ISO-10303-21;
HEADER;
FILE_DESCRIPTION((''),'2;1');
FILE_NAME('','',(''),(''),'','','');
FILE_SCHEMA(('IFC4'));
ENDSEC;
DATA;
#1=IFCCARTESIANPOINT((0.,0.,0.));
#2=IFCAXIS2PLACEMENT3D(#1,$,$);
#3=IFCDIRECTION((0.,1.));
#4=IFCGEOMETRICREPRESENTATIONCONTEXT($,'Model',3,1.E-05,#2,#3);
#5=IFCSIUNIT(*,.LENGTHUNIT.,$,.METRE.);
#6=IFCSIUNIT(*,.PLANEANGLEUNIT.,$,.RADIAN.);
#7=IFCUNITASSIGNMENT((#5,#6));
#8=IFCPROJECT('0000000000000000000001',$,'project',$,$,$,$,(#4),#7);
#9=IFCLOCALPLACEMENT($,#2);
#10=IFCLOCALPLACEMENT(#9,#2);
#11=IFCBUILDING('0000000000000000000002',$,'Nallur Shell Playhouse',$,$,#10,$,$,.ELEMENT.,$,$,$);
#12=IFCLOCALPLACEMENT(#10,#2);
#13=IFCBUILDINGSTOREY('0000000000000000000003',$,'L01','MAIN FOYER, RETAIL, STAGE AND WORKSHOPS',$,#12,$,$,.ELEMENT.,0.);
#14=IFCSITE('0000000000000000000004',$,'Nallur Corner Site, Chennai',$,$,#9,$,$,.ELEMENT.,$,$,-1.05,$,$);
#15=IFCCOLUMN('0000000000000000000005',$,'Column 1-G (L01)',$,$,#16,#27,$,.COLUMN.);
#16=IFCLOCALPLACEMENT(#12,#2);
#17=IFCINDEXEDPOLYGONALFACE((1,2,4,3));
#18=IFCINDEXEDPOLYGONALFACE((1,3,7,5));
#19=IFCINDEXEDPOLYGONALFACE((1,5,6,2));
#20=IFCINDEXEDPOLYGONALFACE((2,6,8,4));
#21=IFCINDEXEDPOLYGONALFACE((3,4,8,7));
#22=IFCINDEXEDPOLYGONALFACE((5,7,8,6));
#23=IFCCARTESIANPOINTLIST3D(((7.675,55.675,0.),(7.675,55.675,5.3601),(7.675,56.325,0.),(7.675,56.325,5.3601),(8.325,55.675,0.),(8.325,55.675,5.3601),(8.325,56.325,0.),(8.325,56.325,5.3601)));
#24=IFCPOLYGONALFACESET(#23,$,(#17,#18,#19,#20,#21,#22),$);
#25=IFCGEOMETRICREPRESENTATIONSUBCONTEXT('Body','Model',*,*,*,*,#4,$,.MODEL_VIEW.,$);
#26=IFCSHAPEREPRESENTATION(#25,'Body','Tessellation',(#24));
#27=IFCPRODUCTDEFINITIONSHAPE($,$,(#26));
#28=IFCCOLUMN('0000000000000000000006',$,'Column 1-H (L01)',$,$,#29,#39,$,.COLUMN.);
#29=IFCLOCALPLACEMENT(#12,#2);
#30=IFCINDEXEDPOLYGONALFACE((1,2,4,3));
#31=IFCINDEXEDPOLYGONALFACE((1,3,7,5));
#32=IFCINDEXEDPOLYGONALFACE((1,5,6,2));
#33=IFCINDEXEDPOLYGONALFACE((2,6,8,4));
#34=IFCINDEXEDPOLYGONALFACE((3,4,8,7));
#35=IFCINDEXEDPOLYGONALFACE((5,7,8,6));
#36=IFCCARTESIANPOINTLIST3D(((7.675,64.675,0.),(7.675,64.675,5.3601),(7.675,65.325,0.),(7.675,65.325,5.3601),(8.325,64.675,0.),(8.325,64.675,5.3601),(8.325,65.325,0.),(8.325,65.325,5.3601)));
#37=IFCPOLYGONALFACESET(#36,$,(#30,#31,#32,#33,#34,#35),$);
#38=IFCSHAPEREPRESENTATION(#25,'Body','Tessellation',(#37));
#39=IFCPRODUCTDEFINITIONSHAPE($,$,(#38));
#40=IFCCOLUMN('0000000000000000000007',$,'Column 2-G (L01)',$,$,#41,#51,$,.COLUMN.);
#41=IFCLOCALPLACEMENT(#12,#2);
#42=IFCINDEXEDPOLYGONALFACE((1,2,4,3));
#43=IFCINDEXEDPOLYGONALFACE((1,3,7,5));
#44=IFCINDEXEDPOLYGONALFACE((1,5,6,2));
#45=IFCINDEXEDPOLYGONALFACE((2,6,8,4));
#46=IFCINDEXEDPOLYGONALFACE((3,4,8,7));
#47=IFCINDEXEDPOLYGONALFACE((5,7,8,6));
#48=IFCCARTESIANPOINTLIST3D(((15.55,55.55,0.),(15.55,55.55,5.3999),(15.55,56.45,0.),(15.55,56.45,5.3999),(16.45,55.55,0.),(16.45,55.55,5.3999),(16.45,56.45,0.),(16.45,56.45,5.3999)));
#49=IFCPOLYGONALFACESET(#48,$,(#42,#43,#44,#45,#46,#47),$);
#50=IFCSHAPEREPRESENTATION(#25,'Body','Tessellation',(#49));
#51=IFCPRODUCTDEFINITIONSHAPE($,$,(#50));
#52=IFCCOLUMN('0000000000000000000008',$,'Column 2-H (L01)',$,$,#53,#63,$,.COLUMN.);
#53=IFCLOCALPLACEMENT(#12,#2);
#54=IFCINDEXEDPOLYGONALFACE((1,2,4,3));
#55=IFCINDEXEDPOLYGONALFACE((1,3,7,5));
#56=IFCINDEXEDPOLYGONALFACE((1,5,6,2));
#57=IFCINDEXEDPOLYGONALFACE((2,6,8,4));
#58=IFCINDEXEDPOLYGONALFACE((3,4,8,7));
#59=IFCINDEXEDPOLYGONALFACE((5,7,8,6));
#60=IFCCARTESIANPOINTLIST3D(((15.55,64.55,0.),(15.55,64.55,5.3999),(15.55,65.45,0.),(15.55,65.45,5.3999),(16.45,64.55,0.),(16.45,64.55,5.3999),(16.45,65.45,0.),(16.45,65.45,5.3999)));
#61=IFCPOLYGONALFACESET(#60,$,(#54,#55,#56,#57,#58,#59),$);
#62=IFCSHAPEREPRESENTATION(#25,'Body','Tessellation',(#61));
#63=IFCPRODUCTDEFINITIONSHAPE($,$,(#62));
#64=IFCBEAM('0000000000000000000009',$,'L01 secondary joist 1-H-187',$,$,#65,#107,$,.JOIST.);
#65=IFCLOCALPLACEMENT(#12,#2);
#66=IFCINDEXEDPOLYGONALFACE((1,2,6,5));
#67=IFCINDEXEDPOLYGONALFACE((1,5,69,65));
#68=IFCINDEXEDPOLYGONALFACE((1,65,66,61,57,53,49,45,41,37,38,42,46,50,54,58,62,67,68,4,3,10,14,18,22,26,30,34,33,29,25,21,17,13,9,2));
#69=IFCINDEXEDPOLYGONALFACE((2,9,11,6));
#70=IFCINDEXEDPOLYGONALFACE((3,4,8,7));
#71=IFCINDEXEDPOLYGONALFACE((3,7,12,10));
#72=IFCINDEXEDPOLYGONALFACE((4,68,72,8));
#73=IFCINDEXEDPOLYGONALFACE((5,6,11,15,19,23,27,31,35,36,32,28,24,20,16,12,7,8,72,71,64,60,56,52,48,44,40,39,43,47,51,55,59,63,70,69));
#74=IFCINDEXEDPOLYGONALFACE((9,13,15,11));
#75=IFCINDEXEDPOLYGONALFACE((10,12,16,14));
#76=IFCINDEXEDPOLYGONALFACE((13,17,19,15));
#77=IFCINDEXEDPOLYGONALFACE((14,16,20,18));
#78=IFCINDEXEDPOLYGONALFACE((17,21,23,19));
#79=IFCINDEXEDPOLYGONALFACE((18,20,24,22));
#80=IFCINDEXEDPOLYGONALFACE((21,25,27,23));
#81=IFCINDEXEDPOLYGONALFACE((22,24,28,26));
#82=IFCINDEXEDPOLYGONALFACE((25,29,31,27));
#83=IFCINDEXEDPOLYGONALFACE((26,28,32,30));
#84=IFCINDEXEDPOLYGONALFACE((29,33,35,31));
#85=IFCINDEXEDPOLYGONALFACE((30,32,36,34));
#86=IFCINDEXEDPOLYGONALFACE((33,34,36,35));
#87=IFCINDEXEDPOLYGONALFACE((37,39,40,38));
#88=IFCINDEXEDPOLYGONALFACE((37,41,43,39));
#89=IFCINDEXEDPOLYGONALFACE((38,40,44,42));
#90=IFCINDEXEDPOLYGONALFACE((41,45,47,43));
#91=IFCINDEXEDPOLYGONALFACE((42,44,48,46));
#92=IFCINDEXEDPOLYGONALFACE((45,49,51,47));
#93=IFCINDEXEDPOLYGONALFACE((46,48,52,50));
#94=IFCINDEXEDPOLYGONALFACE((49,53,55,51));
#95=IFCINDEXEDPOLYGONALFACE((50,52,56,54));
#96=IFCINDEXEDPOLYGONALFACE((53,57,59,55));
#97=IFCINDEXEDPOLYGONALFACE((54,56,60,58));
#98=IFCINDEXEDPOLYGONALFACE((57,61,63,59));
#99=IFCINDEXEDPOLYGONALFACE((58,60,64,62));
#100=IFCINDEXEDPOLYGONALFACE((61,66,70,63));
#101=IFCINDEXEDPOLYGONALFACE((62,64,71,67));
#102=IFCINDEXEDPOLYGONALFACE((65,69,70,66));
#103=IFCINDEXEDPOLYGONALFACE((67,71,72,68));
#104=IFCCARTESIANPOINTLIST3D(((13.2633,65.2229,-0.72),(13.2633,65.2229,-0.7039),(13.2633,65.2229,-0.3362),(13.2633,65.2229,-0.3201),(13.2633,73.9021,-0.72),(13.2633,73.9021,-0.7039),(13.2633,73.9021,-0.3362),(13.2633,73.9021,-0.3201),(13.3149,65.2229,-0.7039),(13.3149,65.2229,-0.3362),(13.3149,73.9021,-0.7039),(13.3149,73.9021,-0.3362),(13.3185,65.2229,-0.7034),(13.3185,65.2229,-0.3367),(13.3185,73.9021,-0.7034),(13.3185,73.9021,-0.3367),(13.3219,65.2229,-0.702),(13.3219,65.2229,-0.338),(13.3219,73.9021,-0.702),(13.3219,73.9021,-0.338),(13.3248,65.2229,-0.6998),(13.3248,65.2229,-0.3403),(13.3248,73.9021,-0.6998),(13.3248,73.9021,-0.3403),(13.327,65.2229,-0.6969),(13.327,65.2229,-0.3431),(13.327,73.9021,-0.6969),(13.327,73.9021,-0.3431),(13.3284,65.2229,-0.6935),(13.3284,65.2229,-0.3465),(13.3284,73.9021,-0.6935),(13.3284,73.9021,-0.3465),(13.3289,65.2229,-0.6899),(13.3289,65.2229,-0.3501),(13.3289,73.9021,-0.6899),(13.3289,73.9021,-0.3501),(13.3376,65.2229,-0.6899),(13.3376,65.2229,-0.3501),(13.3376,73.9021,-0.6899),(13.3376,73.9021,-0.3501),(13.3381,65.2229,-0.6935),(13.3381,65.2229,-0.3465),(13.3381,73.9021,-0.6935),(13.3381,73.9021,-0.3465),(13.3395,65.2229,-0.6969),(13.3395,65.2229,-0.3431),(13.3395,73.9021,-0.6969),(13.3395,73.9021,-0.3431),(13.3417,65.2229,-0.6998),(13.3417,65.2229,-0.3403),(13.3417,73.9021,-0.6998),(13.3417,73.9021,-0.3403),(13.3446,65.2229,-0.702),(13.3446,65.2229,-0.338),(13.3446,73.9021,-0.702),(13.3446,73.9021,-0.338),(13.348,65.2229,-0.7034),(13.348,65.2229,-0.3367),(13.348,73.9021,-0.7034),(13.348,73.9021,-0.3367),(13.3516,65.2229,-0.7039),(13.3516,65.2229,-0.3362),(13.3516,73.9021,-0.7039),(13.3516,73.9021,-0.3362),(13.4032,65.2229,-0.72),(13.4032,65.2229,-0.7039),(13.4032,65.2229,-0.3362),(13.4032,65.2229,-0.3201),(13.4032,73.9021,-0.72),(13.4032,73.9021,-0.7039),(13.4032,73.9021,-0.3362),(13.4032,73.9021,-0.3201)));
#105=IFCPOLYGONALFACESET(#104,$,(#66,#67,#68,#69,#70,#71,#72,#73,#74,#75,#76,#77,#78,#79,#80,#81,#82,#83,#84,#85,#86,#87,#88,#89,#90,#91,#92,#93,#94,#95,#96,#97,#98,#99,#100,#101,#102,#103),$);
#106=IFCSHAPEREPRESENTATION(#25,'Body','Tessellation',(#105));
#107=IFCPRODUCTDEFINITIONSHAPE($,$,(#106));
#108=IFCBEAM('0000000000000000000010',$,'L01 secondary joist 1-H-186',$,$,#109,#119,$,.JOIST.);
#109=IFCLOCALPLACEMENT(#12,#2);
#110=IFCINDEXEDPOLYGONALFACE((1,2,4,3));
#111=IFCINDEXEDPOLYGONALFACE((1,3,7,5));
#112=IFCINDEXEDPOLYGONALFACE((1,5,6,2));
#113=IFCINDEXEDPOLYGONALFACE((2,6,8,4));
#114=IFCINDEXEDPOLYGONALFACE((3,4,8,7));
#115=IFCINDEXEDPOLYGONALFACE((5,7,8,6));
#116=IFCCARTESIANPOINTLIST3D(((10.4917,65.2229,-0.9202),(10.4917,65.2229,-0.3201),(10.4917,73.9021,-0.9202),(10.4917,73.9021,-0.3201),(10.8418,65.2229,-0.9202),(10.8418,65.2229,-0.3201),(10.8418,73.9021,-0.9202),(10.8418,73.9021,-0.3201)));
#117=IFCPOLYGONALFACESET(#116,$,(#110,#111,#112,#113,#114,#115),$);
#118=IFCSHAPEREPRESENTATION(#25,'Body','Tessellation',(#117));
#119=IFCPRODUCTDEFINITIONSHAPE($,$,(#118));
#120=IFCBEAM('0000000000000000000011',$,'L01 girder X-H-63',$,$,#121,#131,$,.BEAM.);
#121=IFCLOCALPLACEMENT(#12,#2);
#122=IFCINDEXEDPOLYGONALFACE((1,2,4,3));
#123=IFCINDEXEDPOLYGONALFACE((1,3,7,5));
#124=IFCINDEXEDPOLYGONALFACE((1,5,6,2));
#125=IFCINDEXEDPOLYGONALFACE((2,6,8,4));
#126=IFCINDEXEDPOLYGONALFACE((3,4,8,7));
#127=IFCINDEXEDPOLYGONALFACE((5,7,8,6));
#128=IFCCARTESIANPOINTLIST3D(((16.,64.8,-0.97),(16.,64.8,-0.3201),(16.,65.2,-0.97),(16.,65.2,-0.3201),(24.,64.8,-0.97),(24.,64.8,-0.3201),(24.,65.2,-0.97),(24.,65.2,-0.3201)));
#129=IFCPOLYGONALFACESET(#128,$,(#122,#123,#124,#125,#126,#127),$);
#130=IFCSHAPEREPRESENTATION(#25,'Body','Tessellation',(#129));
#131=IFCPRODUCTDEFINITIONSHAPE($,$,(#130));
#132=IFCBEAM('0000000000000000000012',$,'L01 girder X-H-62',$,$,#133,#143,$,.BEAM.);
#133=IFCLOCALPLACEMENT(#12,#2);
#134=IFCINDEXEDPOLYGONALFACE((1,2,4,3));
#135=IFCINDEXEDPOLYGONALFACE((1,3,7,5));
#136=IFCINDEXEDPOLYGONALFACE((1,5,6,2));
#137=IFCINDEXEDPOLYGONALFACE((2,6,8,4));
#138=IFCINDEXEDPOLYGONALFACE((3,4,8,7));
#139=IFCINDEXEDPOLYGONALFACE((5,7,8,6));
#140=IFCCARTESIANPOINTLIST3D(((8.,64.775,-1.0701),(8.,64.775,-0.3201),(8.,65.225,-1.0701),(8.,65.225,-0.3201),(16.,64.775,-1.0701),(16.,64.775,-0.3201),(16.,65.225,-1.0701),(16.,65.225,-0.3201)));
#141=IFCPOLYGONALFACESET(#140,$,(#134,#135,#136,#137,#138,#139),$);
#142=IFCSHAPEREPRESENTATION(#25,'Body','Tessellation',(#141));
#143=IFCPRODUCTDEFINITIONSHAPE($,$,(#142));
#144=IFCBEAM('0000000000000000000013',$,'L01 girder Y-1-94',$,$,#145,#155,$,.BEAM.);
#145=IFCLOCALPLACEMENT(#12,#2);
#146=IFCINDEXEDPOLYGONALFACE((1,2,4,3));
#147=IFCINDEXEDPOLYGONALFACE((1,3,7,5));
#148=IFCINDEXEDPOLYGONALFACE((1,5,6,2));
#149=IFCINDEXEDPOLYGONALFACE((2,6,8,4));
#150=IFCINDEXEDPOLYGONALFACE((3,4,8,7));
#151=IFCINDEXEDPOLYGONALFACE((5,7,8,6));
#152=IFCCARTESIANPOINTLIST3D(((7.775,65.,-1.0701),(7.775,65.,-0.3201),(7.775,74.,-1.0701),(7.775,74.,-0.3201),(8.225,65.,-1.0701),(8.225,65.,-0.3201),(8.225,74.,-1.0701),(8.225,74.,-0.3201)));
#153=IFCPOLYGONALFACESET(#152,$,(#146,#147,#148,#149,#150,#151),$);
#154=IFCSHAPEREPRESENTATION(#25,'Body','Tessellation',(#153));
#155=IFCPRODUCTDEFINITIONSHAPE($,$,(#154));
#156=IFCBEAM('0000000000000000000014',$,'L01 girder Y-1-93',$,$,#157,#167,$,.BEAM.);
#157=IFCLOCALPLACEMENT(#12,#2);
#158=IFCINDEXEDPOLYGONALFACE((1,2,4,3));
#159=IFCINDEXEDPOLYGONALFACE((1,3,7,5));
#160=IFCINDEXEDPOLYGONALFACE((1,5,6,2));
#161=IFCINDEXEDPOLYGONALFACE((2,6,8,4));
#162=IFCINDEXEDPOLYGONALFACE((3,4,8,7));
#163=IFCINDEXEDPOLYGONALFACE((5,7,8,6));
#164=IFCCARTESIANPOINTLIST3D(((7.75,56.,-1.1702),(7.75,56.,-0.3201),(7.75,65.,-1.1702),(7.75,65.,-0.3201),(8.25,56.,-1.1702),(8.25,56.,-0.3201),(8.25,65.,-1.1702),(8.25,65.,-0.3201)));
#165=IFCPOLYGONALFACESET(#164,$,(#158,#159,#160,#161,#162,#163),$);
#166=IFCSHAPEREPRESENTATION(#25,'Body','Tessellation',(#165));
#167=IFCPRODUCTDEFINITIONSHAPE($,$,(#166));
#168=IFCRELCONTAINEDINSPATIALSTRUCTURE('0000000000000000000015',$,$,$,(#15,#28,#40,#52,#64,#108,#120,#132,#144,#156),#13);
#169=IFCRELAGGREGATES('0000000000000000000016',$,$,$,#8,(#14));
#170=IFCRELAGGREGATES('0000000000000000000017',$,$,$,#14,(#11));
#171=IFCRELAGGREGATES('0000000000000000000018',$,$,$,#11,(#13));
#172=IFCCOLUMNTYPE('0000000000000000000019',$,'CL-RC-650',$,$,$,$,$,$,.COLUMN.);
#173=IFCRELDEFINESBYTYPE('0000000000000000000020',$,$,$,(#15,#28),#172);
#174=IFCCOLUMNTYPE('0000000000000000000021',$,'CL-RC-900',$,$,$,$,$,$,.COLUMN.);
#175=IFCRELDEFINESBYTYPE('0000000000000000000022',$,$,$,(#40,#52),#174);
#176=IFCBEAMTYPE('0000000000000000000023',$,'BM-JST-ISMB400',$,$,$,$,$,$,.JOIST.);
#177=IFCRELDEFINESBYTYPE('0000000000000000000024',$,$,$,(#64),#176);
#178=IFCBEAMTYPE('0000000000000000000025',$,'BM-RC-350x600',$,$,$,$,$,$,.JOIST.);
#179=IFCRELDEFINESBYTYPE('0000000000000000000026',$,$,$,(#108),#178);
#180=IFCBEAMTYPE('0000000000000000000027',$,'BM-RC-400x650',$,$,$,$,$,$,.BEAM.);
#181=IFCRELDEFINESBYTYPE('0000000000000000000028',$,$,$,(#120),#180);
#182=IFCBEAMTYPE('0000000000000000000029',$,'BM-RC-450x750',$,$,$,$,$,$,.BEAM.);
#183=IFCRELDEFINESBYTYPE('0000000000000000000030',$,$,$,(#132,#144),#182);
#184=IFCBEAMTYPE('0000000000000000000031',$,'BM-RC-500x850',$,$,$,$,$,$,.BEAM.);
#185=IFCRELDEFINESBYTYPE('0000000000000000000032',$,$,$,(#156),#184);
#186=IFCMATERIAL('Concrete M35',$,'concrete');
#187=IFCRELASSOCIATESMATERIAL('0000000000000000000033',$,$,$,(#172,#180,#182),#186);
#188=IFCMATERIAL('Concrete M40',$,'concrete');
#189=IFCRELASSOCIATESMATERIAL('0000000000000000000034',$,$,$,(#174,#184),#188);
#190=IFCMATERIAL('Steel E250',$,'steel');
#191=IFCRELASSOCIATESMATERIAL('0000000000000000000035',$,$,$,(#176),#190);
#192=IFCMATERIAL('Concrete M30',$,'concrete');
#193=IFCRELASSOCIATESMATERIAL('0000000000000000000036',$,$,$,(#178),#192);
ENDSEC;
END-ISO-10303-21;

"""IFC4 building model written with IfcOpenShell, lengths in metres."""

from ifc_helpers import new_model, si_unit, direction, frame, origin, origin_2d, place, context, subcontext, project, spatial, rectangle, i_section, extrude, material, material_profile, profile_set, type_object, element, save


model = new_model("IFC4")

# Units and contexts
model_context = context("Model", 3, precision=1e-05, world=origin(), true_north=direction((0.0, 1.0)))
body_context = subcontext(model_context, "Body", "Model", "MODEL_VIEW")
ifc_project = project(units=[si_unit("LENGTHUNIT", "METRE"), si_unit("PLANEANGLEUNIT", "RADIAN")], contexts=[model_context])

# Site, building, storey
site_placement = place(None, origin())
site = spatial("IfcSite", under=ifc_project, at=site_placement, Name="Nallur Corner Site, Chennai", CompositionType="ELEMENT", RefElevation=-1.05)
building_placement = place(site_placement, origin())
building = spatial("IfcBuilding", under=site, at=building_placement, Name="Nallur Shell Playhouse", CompositionType="ELEMENT")
storey_placement = place(building_placement, origin())
storey = spatial("IfcBuildingStorey", under=building, at=storey_placement, Name="L01", Description="MAIN FOYER, RETAIL, STAGE AND WORKSHOPS", CompositionType="ELEMENT", Elevation=0.0)

# Columns
ifc_material_1 = material(Name="Concrete M35", Category="concrete")
ifc_material_profile_1 = material_profile(ifc_material_1, rectangle(XDim=0.6499, YDim=0.6499, at=origin_2d()), Name="RC 650x650")
ifc_profile_set_1 = profile_set([ifc_material_profile_1], Name="Concrete M35")
column_type_1 = type_object("IfcColumnType", Name="CL-RC-650", PredefinedType="COLUMN", material=ifc_profile_set_1)
for number, where, z_axis, x_axis, name in (
    (1, (8.0, 56.0, 0.0), (0.0, 0.0, 1.0), (1.0, 0.0, 0.0), "Column 1-G (L01)"),
    (2, (8.0, 65.0, 0.0), (0.0, 0.0, 1.0), (1.0, 0.0, 0.0), "Column 1-H (L01)"),
):
    element("IfcColumn", number, at=place(storey_placement, frame(where, z_axis=z_axis, x_axis=x_axis)), inside=storey, type_object=column_type_1, Name=name, PredefinedType="COLUMN", context=body_context, shape_type="SweptSolid", body=[
        extrude(rectangle(XDim=0.6499, YDim=0.6499, at=origin_2d()), origin(), (0.0, 0.0, 1.0), 5.3601),
    ])
ifc_material_2 = material(Name="Concrete M40", Category="concrete")
ifc_material_profile_2 = material_profile(ifc_material_2, rectangle(XDim=0.8999, YDim=0.8999, at=origin_2d()), Name="RC 900x900")
ifc_profile_set_2 = profile_set([ifc_material_profile_2], Name="Concrete M40")
column_type_2 = type_object("IfcColumnType", Name="CL-RC-900", PredefinedType="COLUMN", material=ifc_profile_set_2)
for number, where, z_axis, x_axis, name in (
    (3, (16.0, 56.0, 0.0), (0.0, 0.0, 1.0), (1.0, 0.0, 0.0), "Column 2-G (L01)"),
    (4, (16.0, 65.0, 0.0), (0.0, 0.0, 1.0), (1.0, 0.0, 0.0), "Column 2-H (L01)"),
):
    element("IfcColumn", number, at=place(storey_placement, frame(where, z_axis=z_axis, x_axis=x_axis)), inside=storey, type_object=column_type_2, Name=name, PredefinedType="COLUMN", context=body_context, shape_type="SweptSolid", body=[
        extrude(rectangle(XDim=0.8999, YDim=0.8999, at=origin_2d()), origin(), (0.0, 0.0, 1.0), 5.3999),
    ])

# Beams
ifc_material_3 = material(Name="Steel E250", Category="steel")
ifc_material_profile_3 = material_profile(ifc_material_3, i_section(OverallWidth=0.1399, OverallDepth=0.3999, WebThickness=0.0088, FlangeThickness=0.0161, FilletRadius=0.0139, at=origin_2d()), Name="ISMB 400")
ifc_profile_set_3 = profile_set([ifc_material_profile_3], Name="Steel E250")
beam_type_1 = type_object("IfcBeamType", Name="BM-JST-ISMB400", PredefinedType="JOIST", material=ifc_profile_set_3)
beam_1_placement = place(storey_placement, frame((13.3333, 65.2229, -0.52), z_axis=(0.0, 1.0, 0.0), x_axis=(-1.0, 0.0, 0.0)))
element("IfcBeam", 5, at=beam_1_placement, inside=storey, type_object=beam_type_1, Name="L01 secondary joist 1-H-187", PredefinedType="JOIST", context=body_context, shape_type="SweptSolid", body=[
    extrude(i_section(OverallWidth=0.1399, OverallDepth=0.3999, WebThickness=0.0088, FlangeThickness=0.0161, FilletRadius=0.0139, at=origin_2d()), origin(), (0.0, 0.0, 1.0), 8.6792),
])
ifc_material_4 = material(Name="Concrete M30", Category="concrete")
ifc_material_profile_4 = material_profile(ifc_material_4, rectangle(XDim=0.3501, YDim=0.6001, at=origin_2d()), Name="RC 350x600")
ifc_profile_set_4 = profile_set([ifc_material_profile_4], Name="Concrete M30")
beam_type_2 = type_object("IfcBeamType", Name="BM-RC-350x600", PredefinedType="JOIST", material=ifc_profile_set_4)
beam_2_placement = place(storey_placement, frame((10.6667, 65.2229, -0.6201), z_axis=(0.0, 1.0, 0.0), x_axis=(-1.0, 0.0, 0.0)))
element("IfcBeam", 6, at=beam_2_placement, inside=storey, type_object=beam_type_2, Name="L01 secondary joist 1-H-186", PredefinedType="JOIST", context=body_context, shape_type="SweptSolid", body=[
    extrude(rectangle(XDim=0.3501, YDim=0.6001, at=origin_2d()), origin(), (0.0, 0.0, 1.0), 8.6792),
])
ifc_material_profile_5 = material_profile(ifc_material_1, rectangle(XDim=0.3999, YDim=0.6499, at=origin_2d()), Name="RC 400x650")
ifc_profile_set_5 = profile_set([ifc_material_profile_5], Name="Concrete M35")
beam_type_3 = type_object("IfcBeamType", Name="BM-RC-400x650", PredefinedType="BEAM", material=ifc_profile_set_5)
beam_3_placement = place(storey_placement, frame((16.0, 65.0, -0.645), z_axis=(1.0, 0.0, 0.0), x_axis=(0.0, 1.0, 0.0)))
element("IfcBeam", 7, at=beam_3_placement, inside=storey, type_object=beam_type_3, Name="L01 girder X-H-63", PredefinedType="BEAM", context=body_context, shape_type="SweptSolid", body=[
    extrude(rectangle(XDim=0.3999, YDim=0.6499, at=origin_2d()), origin(), (0.0, 0.0, 1.0), 8.0),
])
ifc_material_profile_6 = material_profile(ifc_material_1, rectangle(XDim=0.45, YDim=0.75, at=origin_2d()), Name="RC 450x750")
ifc_profile_set_6 = profile_set([ifc_material_profile_6], Name="Concrete M35")
beam_type_4 = type_object("IfcBeamType", Name="BM-RC-450x750", PredefinedType="BEAM", material=ifc_profile_set_6)
beam_4_placement = place(storey_placement, frame((8.0, 65.0, -0.6951), z_axis=(1.0, 0.0, 0.0), x_axis=(0.0, 1.0, 0.0)))
element("IfcBeam", 8, at=beam_4_placement, inside=storey, type_object=beam_type_4, Name="L01 girder X-H-62", PredefinedType="BEAM", context=body_context, shape_type="SweptSolid", body=[
    extrude(rectangle(XDim=0.45, YDim=0.75, at=origin_2d()), origin(), (0.0, 0.0, 1.0), 8.0),
])
beam_5_placement = place(storey_placement, frame((8.0, 65.0, -0.6951), z_axis=(0.0, 1.0, 0.0), x_axis=(-1.0, 0.0, 0.0)))
element("IfcBeam", 9, at=beam_5_placement, inside=storey, type_object=beam_type_4, Name="L01 girder Y-1-94", PredefinedType="BEAM", context=body_context, shape_type="SweptSolid", body=[
    extrude(rectangle(XDim=0.45, YDim=0.75, at=origin_2d()), origin(), (0.0, 0.0, 1.0), 9.0),
])
ifc_material_profile_7 = material_profile(ifc_material_2, rectangle(XDim=0.5, YDim=0.8501, at=origin_2d()), Name="RC 500x850")
ifc_profile_set_7 = profile_set([ifc_material_profile_7], Name="Concrete M40")
beam_type_5 = type_object("IfcBeamType", Name="BM-RC-500x850", PredefinedType="BEAM", material=ifc_profile_set_7)
beam_6_placement = place(storey_placement, frame((8.0, 56.0, -0.7451), z_axis=(0.0, 1.0, 0.0), x_axis=(-1.0, 0.0, 0.0)))
element("IfcBeam", 10, at=beam_6_placement, inside=storey, type_object=beam_type_5, Name="L01 girder Y-1-93", PredefinedType="BEAM", context=body_context, shape_type="SweptSolid", body=[
    extrude(rectangle(XDim=0.5, YDim=0.8501, at=origin_2d()), origin(), (0.0, 0.0, 1.0), 9.0),
])

save(model, "model.ifc")
